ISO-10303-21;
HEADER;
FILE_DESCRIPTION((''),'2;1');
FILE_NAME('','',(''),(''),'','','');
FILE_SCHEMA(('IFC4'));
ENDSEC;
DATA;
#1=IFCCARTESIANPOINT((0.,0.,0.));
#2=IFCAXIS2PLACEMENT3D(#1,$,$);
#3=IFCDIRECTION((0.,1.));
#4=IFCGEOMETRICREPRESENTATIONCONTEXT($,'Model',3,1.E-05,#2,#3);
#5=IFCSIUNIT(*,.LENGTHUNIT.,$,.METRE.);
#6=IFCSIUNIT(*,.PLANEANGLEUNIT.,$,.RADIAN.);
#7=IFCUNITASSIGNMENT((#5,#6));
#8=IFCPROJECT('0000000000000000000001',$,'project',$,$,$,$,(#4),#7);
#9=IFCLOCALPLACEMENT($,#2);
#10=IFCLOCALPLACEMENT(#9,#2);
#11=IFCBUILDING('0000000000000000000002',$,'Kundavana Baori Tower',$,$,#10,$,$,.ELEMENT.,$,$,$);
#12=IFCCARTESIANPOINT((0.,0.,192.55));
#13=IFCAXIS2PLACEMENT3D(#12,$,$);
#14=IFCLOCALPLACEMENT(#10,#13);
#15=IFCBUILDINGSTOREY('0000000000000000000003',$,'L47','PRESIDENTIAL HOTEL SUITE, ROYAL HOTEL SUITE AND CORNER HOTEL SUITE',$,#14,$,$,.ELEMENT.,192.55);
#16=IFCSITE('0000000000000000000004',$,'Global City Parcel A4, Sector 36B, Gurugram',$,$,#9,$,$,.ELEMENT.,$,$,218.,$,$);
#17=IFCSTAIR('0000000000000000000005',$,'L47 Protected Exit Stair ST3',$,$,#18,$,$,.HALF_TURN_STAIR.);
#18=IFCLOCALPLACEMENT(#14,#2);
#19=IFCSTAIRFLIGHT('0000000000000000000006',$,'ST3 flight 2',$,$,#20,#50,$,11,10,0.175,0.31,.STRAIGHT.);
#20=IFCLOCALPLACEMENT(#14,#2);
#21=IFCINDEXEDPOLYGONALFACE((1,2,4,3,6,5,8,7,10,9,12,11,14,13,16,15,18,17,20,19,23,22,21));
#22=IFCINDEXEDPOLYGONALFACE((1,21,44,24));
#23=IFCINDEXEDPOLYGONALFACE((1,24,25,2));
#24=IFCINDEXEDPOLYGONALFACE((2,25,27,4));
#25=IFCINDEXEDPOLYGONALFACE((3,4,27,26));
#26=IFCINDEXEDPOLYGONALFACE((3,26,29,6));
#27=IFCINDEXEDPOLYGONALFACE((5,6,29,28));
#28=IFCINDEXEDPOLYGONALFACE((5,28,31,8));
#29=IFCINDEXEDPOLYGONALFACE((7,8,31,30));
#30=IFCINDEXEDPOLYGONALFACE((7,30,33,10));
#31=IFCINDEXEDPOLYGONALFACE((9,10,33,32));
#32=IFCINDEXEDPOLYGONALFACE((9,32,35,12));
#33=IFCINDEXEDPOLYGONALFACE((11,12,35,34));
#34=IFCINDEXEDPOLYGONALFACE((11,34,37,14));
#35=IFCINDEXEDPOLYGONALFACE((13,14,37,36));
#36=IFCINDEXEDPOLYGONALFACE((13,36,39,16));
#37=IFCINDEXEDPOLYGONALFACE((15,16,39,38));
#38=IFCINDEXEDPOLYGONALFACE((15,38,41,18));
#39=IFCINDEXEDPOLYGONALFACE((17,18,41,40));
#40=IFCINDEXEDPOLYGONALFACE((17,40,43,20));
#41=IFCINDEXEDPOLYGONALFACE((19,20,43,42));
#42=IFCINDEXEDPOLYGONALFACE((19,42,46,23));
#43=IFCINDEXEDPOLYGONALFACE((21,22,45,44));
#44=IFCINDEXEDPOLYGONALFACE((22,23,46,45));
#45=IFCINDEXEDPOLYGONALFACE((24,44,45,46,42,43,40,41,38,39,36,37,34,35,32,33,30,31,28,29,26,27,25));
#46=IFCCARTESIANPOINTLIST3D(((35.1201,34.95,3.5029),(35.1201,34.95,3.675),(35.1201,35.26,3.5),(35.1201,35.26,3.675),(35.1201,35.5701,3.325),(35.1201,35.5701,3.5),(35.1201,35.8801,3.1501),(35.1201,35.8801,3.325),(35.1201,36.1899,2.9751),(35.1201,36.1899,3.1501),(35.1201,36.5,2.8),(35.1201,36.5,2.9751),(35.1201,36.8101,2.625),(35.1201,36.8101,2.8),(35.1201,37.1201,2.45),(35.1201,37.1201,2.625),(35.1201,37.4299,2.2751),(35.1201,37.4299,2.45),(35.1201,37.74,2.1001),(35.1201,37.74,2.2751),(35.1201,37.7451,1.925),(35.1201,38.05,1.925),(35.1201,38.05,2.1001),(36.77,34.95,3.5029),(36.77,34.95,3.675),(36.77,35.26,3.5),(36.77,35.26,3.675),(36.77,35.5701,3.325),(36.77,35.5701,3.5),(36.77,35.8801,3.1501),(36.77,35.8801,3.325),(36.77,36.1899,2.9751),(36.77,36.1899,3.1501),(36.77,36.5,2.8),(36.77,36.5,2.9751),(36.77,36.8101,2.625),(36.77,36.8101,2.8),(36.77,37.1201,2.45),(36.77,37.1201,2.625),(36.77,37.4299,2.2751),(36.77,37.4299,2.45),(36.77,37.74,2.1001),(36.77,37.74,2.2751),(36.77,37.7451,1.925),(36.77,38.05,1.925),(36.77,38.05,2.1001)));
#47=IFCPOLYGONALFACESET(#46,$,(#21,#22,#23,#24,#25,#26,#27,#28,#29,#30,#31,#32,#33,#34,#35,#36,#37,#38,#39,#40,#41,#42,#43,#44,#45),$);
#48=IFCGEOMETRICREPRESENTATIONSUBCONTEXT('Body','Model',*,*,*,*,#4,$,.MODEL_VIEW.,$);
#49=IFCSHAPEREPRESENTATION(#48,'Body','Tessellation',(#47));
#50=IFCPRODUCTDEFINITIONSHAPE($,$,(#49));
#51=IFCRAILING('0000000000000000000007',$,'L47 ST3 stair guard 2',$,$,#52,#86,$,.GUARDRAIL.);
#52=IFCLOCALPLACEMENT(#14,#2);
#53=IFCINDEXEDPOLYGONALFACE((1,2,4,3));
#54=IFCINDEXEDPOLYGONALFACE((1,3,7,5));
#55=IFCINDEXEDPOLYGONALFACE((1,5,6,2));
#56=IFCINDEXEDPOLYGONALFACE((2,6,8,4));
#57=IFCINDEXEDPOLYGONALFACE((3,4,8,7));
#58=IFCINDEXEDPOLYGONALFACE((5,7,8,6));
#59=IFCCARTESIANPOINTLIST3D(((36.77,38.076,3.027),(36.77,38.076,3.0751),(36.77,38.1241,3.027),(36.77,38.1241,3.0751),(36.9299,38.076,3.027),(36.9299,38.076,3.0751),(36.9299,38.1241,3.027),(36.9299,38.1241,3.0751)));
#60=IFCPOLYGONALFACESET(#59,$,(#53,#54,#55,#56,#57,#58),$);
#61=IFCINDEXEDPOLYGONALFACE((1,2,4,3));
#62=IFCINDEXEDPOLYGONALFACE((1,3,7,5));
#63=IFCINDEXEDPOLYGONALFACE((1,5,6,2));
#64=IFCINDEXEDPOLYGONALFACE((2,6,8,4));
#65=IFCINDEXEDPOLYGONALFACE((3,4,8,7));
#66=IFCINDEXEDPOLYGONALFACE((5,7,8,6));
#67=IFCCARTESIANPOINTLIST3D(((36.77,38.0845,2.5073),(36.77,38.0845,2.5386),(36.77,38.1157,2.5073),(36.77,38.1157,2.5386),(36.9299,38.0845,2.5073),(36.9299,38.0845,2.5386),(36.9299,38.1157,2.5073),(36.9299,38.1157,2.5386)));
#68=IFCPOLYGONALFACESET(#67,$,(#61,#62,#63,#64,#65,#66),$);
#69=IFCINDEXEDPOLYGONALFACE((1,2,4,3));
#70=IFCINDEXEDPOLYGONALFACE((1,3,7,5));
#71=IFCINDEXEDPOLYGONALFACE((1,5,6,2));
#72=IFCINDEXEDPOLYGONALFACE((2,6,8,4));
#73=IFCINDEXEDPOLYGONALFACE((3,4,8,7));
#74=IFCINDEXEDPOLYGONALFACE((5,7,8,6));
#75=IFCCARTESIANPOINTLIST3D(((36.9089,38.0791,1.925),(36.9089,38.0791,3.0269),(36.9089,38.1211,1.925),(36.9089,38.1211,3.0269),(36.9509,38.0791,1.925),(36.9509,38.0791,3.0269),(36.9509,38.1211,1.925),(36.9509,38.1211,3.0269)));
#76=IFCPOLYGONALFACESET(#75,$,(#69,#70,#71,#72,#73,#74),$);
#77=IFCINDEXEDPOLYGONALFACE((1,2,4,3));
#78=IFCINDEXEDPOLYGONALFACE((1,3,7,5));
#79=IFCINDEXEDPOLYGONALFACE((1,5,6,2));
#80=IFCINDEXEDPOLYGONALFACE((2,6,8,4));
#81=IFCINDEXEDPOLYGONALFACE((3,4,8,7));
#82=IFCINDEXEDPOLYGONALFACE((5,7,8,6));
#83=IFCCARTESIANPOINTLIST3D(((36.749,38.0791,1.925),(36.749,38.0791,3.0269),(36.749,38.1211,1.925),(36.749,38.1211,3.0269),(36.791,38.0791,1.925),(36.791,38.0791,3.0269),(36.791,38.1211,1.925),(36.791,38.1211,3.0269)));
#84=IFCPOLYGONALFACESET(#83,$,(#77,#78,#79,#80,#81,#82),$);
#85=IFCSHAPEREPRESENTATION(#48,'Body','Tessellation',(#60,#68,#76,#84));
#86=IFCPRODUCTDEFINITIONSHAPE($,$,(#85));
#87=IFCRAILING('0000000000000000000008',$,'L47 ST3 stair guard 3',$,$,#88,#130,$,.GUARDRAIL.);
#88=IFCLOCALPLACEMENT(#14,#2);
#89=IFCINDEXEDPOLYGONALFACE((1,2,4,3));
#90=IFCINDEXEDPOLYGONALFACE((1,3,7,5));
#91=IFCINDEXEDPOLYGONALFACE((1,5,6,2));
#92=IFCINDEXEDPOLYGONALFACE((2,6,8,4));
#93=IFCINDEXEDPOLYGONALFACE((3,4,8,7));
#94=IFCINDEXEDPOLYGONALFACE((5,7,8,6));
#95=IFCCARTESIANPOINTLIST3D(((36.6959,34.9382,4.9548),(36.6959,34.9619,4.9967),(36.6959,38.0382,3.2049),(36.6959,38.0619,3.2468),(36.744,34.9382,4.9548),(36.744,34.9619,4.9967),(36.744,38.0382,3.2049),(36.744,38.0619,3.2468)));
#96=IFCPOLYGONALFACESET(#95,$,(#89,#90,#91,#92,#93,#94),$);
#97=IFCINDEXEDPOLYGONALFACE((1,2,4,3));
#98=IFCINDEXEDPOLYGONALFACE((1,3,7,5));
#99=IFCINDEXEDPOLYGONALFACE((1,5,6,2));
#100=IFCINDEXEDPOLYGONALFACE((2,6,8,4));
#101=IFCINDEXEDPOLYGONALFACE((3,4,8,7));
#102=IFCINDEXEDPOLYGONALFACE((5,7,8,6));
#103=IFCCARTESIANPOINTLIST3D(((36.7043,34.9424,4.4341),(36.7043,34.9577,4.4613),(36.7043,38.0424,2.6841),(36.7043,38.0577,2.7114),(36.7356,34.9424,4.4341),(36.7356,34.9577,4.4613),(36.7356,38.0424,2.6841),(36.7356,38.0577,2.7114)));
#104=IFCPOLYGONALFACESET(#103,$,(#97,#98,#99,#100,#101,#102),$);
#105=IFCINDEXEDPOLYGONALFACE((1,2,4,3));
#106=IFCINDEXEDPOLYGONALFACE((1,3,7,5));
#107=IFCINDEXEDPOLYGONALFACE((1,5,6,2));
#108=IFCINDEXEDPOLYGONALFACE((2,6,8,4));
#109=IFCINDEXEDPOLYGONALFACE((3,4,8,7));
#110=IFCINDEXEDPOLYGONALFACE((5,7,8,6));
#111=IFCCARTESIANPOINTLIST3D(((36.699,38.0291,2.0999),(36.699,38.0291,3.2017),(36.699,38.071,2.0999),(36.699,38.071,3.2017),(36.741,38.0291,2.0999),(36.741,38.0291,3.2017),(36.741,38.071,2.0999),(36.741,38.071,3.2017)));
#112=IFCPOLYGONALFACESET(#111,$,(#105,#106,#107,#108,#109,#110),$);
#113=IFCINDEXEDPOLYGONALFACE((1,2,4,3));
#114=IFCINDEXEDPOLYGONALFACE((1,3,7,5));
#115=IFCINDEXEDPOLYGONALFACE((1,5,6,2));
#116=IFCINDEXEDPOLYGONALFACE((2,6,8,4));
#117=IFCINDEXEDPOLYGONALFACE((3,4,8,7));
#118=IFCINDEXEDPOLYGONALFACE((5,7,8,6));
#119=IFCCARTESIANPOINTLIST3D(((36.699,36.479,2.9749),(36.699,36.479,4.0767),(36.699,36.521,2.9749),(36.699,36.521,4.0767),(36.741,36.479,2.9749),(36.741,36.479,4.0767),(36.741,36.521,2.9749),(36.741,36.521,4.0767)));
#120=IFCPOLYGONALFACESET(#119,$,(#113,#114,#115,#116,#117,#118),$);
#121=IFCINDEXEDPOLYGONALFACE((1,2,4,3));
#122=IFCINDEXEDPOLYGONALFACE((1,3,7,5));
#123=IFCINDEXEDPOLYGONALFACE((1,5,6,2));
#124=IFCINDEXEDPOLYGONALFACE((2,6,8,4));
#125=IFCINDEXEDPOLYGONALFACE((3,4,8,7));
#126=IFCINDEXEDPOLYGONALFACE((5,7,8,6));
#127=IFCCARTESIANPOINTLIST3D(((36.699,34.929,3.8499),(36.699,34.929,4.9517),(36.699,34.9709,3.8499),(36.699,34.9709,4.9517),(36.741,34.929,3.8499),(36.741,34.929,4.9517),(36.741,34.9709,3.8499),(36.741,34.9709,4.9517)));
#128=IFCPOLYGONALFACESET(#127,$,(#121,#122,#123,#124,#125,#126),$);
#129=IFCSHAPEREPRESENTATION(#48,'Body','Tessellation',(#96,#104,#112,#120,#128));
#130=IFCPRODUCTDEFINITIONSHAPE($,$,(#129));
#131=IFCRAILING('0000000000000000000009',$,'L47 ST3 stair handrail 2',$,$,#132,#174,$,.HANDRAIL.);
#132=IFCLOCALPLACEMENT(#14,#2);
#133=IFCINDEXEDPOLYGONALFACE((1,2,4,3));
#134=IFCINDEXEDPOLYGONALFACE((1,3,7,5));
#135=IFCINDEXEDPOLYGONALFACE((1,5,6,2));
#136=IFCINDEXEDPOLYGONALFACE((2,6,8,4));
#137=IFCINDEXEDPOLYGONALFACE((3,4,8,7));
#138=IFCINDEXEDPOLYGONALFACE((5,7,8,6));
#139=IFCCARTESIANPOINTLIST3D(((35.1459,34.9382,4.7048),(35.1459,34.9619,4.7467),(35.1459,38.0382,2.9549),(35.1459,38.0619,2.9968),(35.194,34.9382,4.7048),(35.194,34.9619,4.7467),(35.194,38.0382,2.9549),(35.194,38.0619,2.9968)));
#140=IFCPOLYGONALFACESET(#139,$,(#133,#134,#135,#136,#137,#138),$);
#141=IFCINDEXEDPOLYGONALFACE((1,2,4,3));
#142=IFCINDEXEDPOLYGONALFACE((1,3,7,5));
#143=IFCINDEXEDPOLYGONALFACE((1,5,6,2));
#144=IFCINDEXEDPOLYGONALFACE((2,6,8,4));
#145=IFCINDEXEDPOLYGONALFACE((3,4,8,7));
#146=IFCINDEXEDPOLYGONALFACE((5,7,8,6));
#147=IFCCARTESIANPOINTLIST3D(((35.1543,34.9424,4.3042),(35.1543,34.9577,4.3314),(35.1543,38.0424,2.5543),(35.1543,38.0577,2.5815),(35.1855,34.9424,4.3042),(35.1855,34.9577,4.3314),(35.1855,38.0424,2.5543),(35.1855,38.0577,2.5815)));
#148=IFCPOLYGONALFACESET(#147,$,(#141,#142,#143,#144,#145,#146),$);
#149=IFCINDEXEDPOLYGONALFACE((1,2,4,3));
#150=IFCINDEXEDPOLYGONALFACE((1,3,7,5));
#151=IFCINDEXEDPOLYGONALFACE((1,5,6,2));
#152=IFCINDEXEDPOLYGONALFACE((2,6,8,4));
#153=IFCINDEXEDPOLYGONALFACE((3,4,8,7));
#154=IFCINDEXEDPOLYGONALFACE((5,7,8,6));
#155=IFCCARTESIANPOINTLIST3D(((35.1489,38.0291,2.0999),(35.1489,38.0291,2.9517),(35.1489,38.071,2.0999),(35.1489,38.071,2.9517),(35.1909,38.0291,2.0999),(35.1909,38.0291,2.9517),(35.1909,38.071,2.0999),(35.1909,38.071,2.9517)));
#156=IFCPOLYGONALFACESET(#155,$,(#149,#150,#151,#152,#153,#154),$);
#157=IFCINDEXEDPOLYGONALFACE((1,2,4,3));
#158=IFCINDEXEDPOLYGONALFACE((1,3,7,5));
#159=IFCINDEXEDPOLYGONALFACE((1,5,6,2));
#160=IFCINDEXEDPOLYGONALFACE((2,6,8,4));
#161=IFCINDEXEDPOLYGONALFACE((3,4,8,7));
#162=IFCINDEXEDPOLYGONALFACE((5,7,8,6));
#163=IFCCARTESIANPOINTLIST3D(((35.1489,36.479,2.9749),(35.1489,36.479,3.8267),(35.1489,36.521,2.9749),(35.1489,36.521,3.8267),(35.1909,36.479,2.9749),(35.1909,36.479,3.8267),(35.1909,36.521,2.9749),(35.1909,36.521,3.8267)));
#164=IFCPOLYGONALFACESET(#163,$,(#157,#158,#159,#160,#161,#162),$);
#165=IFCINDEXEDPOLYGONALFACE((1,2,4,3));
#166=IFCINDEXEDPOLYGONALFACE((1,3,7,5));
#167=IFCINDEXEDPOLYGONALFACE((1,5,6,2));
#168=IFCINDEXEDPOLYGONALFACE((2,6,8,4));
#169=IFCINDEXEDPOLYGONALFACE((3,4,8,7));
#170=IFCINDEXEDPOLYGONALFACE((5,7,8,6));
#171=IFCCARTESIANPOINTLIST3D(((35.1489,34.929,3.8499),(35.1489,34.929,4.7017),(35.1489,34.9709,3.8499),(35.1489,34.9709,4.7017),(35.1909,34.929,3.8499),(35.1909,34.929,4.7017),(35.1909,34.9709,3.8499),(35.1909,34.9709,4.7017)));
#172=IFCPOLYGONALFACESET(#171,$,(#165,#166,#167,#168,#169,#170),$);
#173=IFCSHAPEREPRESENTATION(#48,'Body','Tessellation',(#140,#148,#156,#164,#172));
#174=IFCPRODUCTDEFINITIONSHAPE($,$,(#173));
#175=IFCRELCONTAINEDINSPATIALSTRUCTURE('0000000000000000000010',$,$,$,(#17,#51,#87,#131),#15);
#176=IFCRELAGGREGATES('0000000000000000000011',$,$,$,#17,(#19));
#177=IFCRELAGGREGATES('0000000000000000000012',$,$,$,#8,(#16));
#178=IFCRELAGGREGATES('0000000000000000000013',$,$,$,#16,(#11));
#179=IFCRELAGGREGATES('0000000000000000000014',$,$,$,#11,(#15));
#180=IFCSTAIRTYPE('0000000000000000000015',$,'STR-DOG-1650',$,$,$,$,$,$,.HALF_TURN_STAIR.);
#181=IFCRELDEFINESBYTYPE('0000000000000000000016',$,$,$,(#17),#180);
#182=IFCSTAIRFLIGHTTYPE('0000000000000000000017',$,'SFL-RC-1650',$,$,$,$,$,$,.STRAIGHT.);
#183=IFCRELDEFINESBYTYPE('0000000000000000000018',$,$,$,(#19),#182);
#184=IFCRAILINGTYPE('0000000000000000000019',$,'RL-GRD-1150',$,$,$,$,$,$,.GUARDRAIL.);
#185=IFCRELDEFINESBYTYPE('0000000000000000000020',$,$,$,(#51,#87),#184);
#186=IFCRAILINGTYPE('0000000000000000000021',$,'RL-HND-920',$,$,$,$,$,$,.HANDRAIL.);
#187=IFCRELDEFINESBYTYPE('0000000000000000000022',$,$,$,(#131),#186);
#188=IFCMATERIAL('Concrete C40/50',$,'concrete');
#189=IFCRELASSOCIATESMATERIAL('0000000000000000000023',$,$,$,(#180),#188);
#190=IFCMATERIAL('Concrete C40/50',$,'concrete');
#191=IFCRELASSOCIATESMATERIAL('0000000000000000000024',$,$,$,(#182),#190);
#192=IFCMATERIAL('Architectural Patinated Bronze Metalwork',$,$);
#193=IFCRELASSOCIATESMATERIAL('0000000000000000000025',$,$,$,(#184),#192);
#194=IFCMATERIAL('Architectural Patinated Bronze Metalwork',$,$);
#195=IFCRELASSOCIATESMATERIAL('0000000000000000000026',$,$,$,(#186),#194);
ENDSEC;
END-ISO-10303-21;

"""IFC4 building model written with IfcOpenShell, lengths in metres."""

from ifc_helpers import new_model, si_unit, direction, frame, origin, origin_2d, place, context, subcontext, project, spatial, polyline, rectangle, outline, extrude, material, type_object, element, aggregate, save


model = new_model("IFC4")

# Units and contexts
model_context = context("Model", 3, precision=1e-05, world=origin(), true_north=direction((0.0, 1.0)))
body_context = subcontext(model_context, "Body", "Model", "MODEL_VIEW")
ifc_project = project(units=[si_unit("LENGTHUNIT", "METRE"), si_unit("PLANEANGLEUNIT", "RADIAN")], contexts=[model_context])

# Site, building, storey
site_placement = place(None, origin())
site = spatial("IfcSite", under=ifc_project, at=site_placement, Name="Global City Parcel A4, Sector 36B, Gurugram", CompositionType="ELEMENT", RefElevation=218.0)
building_placement = place(site_placement, origin())
building = spatial("IfcBuilding", under=site, at=building_placement, Name="Kundavana Baori Tower", CompositionType="ELEMENT")
storey_placement = place(building_placement, frame((0.0, 0.0, 192.55)))
storey = spatial("IfcBuildingStorey", under=building, at=storey_placement, Name="L47", Description="PRESIDENTIAL HOTEL SUITE, ROYAL HOTEL SUITE AND CORNER HOTEL SUITE", CompositionType="ELEMENT", Elevation=192.55)

# Stair, stair flight
ifc_material_1 = material(Name="Concrete C40/50", Category="concrete")
stair_type = type_object("IfcStairType", Name="STR-DOG-1650", PredefinedType="HALF_TURN_STAIR", material=ifc_material_1)
stair_placement = place(storey_placement, origin())
stair = element("IfcStair", 1, at=stair_placement, inside=storey, type_object=stair_type, Name="L47 Protected Exit Stair ST3", PredefinedType="HALF_TURN_STAIR")
ifc_material_2 = material(Name="Concrete C40/50", Category="concrete")
stair_flight_type = type_object("IfcStairFlightType", Name="SFL-RC-1650", PredefinedType="STRAIGHT", material=ifc_material_2)
stair_flight_placement = place(storey_placement, frame((35.9451, 38.05, 1.925), z_axis=(0.0, 0.0, 1.0), x_axis=(0.0, -1.0, 0.0)))
stair_flight = element("IfcStairFlight", 2, at=stair_flight_placement, type_object=stair_flight_type, Name="ST3 flight 2", NumberOfRisers=11, NumberOfTreads=10, PredefinedType="STRAIGHT", RiserHeight=0.175, TreadLength=0.31, context=body_context, shape_type="SweptSolid", body=[
    extrude(outline(polyline([(0.0, 0.0), (0.0, 0.175), (0.3101, 0.175), (0.3101, 0.3501), (0.6201, 0.3501), (0.6201, 0.5249), (0.9299, 0.5249), (0.9299, 0.7), (1.24, 0.7), (1.24, 0.875), (1.55, 0.875), (1.55, 1.05), (1.8601, 1.05), (1.8601, 1.2251), (2.1699, 1.2251), (2.1699, 1.3999), (2.48, 1.3999), (2.48, 1.575), (2.79, 1.575), (2.79, 1.75), (3.1001, 1.75), (3.1001, 1.925), (3.1001, 1.5779), (0.3049, 0.0), (0.0, 0.0)])), frame((0.0, 0.825, 0.0), z_axis=(0.0, -1.0, 0.0), x_axis=(1.0, 0.0, 0.0)), (0.0, 0.0, 1.0), 1.6499),
])
aggregate(stair, [stair_flight])

# Railings
ifc_material_3 = material(Name="Architectural Patinated Bronze Metalwork")
railing_type_1 = type_object("IfcRailingType", Name="RL-GRD-1150", PredefinedType="GUARDRAIL", material=ifc_material_3)
railing_1_placement = place(storey_placement, frame((36.9299, 38.1001, 1.925)))
element("IfcRailing", 3, at=railing_1_placement, inside=storey, type_object=railing_type_1, Name="L47 ST3 stair guard 2", PredefinedType="GUARDRAIL", context=body_context, shape_type="SweptSolid", body=[
    extrude(rectangle(XDim=0.0481, YDim=0.0481, at=origin_2d()), frame((0.0, 0.0, 1.126), z_axis=(-1.0, 0.0, 0.0), x_axis=(0.0, -1.0, 0.0)), (0.0, 0.0, 1.0), 0.1599),
    extrude(rectangle(XDim=0.0312, YDim=0.0312, at=origin_2d()), frame((0.0, 0.0, 0.5979), z_axis=(-1.0, 0.0, 0.0), x_axis=(0.0, -1.0, 0.0)), (0.0, 0.0, 1.0), 0.1599),
    extrude(rectangle(XDim=0.042, YDim=0.042, at=origin_2d()), origin(), (0.0, 0.0, 1.0), 1.1018),
    extrude(rectangle(XDim=0.042, YDim=0.042, at=origin_2d()), frame((-0.1599, 0.0, 0.0)), (0.0, 0.0, 1.0), 1.1018),
])
railing_2_placement = place(storey_placement, frame((36.72, 38.05, 2.0999)))
element("IfcRailing", 4, at=railing_2_placement, inside=storey, type_object=railing_type_1, Name="L47 ST3 stair guard 3", PredefinedType="GUARDRAIL", context=body_context, shape_type="SweptSolid", body=[
    extrude(rectangle(XDim=0.0481, YDim=0.0481, at=origin_2d()), frame((0.0, 0.0, 1.126), z_axis=(0.0, -0.870831, 0.491583), x_axis=(1.0, 0.0, 0.0)), (0.0, 0.0, 1.0), 3.5598),
    extrude(rectangle(XDim=0.0312, YDim=0.0312, at=origin_2d()), frame((0.0, 0.0, 0.5979), z_axis=(0.0, -0.870831, 0.491583), x_axis=(1.0, 0.0, 0.0)), (0.0, 0.0, 1.0), 3.5598),
    extrude(rectangle(XDim=0.042, YDim=0.042, at=origin_2d()), origin(), (0.0, 0.0, 1.0), 1.1018),
    extrude(rectangle(XDim=0.042, YDim=0.042, at=origin_2d()), frame((0.0, -1.55, 0.875)), (0.0, 0.0, 1.0), 1.1018),
    extrude(rectangle(XDim=0.042, YDim=0.042, at=origin_2d()), frame((0.0, -3.1001, 1.75)), (0.0, 0.0, 1.0), 1.1018),
])
ifc_material_4 = material(Name="Architectural Patinated Bronze Metalwork")
railing_type_2 = type_object("IfcRailingType", Name="RL-HND-920", PredefinedType="HANDRAIL", material=ifc_material_4)
railing_3_placement = place(storey_placement, frame((35.1699, 38.05, 2.0999)))
element("IfcRailing", 5, at=railing_3_placement, inside=storey, type_object=railing_type_2, Name="L47 ST3 stair handrail 2", PredefinedType="HANDRAIL", context=body_context, shape_type="SweptSolid", body=[
    extrude(rectangle(XDim=0.0481, YDim=0.0481, at=origin_2d()), frame((0.0, 0.0, 0.876), z_axis=(0.0, -0.870831, 0.491583), x_axis=(1.0, 0.0, 0.0)), (0.0, 0.0, 1.0), 3.5598),
    extrude(rectangle(XDim=0.0312, YDim=0.0312, at=origin_2d()), frame((0.0, 0.0, 0.468), z_axis=(0.0, -0.870831, 0.491583), x_axis=(1.0, 0.0, 0.0)), (0.0, 0.0, 1.0), 3.5598),
    extrude(rectangle(XDim=0.042, YDim=0.042, at=origin_2d()), origin(), (0.0, 0.0, 1.0), 0.8518),
    extrude(rectangle(XDim=0.042, YDim=0.042, at=origin_2d()), frame((0.0, -1.55, 0.875)), (0.0, 0.0, 1.0), 0.8518),
    extrude(rectangle(XDim=0.042, YDim=0.042, at=origin_2d()), frame((0.0, -3.1001, 1.75)), (0.0, 0.0, 1.0), 0.8518),
])

save(model, "model.ifc")
